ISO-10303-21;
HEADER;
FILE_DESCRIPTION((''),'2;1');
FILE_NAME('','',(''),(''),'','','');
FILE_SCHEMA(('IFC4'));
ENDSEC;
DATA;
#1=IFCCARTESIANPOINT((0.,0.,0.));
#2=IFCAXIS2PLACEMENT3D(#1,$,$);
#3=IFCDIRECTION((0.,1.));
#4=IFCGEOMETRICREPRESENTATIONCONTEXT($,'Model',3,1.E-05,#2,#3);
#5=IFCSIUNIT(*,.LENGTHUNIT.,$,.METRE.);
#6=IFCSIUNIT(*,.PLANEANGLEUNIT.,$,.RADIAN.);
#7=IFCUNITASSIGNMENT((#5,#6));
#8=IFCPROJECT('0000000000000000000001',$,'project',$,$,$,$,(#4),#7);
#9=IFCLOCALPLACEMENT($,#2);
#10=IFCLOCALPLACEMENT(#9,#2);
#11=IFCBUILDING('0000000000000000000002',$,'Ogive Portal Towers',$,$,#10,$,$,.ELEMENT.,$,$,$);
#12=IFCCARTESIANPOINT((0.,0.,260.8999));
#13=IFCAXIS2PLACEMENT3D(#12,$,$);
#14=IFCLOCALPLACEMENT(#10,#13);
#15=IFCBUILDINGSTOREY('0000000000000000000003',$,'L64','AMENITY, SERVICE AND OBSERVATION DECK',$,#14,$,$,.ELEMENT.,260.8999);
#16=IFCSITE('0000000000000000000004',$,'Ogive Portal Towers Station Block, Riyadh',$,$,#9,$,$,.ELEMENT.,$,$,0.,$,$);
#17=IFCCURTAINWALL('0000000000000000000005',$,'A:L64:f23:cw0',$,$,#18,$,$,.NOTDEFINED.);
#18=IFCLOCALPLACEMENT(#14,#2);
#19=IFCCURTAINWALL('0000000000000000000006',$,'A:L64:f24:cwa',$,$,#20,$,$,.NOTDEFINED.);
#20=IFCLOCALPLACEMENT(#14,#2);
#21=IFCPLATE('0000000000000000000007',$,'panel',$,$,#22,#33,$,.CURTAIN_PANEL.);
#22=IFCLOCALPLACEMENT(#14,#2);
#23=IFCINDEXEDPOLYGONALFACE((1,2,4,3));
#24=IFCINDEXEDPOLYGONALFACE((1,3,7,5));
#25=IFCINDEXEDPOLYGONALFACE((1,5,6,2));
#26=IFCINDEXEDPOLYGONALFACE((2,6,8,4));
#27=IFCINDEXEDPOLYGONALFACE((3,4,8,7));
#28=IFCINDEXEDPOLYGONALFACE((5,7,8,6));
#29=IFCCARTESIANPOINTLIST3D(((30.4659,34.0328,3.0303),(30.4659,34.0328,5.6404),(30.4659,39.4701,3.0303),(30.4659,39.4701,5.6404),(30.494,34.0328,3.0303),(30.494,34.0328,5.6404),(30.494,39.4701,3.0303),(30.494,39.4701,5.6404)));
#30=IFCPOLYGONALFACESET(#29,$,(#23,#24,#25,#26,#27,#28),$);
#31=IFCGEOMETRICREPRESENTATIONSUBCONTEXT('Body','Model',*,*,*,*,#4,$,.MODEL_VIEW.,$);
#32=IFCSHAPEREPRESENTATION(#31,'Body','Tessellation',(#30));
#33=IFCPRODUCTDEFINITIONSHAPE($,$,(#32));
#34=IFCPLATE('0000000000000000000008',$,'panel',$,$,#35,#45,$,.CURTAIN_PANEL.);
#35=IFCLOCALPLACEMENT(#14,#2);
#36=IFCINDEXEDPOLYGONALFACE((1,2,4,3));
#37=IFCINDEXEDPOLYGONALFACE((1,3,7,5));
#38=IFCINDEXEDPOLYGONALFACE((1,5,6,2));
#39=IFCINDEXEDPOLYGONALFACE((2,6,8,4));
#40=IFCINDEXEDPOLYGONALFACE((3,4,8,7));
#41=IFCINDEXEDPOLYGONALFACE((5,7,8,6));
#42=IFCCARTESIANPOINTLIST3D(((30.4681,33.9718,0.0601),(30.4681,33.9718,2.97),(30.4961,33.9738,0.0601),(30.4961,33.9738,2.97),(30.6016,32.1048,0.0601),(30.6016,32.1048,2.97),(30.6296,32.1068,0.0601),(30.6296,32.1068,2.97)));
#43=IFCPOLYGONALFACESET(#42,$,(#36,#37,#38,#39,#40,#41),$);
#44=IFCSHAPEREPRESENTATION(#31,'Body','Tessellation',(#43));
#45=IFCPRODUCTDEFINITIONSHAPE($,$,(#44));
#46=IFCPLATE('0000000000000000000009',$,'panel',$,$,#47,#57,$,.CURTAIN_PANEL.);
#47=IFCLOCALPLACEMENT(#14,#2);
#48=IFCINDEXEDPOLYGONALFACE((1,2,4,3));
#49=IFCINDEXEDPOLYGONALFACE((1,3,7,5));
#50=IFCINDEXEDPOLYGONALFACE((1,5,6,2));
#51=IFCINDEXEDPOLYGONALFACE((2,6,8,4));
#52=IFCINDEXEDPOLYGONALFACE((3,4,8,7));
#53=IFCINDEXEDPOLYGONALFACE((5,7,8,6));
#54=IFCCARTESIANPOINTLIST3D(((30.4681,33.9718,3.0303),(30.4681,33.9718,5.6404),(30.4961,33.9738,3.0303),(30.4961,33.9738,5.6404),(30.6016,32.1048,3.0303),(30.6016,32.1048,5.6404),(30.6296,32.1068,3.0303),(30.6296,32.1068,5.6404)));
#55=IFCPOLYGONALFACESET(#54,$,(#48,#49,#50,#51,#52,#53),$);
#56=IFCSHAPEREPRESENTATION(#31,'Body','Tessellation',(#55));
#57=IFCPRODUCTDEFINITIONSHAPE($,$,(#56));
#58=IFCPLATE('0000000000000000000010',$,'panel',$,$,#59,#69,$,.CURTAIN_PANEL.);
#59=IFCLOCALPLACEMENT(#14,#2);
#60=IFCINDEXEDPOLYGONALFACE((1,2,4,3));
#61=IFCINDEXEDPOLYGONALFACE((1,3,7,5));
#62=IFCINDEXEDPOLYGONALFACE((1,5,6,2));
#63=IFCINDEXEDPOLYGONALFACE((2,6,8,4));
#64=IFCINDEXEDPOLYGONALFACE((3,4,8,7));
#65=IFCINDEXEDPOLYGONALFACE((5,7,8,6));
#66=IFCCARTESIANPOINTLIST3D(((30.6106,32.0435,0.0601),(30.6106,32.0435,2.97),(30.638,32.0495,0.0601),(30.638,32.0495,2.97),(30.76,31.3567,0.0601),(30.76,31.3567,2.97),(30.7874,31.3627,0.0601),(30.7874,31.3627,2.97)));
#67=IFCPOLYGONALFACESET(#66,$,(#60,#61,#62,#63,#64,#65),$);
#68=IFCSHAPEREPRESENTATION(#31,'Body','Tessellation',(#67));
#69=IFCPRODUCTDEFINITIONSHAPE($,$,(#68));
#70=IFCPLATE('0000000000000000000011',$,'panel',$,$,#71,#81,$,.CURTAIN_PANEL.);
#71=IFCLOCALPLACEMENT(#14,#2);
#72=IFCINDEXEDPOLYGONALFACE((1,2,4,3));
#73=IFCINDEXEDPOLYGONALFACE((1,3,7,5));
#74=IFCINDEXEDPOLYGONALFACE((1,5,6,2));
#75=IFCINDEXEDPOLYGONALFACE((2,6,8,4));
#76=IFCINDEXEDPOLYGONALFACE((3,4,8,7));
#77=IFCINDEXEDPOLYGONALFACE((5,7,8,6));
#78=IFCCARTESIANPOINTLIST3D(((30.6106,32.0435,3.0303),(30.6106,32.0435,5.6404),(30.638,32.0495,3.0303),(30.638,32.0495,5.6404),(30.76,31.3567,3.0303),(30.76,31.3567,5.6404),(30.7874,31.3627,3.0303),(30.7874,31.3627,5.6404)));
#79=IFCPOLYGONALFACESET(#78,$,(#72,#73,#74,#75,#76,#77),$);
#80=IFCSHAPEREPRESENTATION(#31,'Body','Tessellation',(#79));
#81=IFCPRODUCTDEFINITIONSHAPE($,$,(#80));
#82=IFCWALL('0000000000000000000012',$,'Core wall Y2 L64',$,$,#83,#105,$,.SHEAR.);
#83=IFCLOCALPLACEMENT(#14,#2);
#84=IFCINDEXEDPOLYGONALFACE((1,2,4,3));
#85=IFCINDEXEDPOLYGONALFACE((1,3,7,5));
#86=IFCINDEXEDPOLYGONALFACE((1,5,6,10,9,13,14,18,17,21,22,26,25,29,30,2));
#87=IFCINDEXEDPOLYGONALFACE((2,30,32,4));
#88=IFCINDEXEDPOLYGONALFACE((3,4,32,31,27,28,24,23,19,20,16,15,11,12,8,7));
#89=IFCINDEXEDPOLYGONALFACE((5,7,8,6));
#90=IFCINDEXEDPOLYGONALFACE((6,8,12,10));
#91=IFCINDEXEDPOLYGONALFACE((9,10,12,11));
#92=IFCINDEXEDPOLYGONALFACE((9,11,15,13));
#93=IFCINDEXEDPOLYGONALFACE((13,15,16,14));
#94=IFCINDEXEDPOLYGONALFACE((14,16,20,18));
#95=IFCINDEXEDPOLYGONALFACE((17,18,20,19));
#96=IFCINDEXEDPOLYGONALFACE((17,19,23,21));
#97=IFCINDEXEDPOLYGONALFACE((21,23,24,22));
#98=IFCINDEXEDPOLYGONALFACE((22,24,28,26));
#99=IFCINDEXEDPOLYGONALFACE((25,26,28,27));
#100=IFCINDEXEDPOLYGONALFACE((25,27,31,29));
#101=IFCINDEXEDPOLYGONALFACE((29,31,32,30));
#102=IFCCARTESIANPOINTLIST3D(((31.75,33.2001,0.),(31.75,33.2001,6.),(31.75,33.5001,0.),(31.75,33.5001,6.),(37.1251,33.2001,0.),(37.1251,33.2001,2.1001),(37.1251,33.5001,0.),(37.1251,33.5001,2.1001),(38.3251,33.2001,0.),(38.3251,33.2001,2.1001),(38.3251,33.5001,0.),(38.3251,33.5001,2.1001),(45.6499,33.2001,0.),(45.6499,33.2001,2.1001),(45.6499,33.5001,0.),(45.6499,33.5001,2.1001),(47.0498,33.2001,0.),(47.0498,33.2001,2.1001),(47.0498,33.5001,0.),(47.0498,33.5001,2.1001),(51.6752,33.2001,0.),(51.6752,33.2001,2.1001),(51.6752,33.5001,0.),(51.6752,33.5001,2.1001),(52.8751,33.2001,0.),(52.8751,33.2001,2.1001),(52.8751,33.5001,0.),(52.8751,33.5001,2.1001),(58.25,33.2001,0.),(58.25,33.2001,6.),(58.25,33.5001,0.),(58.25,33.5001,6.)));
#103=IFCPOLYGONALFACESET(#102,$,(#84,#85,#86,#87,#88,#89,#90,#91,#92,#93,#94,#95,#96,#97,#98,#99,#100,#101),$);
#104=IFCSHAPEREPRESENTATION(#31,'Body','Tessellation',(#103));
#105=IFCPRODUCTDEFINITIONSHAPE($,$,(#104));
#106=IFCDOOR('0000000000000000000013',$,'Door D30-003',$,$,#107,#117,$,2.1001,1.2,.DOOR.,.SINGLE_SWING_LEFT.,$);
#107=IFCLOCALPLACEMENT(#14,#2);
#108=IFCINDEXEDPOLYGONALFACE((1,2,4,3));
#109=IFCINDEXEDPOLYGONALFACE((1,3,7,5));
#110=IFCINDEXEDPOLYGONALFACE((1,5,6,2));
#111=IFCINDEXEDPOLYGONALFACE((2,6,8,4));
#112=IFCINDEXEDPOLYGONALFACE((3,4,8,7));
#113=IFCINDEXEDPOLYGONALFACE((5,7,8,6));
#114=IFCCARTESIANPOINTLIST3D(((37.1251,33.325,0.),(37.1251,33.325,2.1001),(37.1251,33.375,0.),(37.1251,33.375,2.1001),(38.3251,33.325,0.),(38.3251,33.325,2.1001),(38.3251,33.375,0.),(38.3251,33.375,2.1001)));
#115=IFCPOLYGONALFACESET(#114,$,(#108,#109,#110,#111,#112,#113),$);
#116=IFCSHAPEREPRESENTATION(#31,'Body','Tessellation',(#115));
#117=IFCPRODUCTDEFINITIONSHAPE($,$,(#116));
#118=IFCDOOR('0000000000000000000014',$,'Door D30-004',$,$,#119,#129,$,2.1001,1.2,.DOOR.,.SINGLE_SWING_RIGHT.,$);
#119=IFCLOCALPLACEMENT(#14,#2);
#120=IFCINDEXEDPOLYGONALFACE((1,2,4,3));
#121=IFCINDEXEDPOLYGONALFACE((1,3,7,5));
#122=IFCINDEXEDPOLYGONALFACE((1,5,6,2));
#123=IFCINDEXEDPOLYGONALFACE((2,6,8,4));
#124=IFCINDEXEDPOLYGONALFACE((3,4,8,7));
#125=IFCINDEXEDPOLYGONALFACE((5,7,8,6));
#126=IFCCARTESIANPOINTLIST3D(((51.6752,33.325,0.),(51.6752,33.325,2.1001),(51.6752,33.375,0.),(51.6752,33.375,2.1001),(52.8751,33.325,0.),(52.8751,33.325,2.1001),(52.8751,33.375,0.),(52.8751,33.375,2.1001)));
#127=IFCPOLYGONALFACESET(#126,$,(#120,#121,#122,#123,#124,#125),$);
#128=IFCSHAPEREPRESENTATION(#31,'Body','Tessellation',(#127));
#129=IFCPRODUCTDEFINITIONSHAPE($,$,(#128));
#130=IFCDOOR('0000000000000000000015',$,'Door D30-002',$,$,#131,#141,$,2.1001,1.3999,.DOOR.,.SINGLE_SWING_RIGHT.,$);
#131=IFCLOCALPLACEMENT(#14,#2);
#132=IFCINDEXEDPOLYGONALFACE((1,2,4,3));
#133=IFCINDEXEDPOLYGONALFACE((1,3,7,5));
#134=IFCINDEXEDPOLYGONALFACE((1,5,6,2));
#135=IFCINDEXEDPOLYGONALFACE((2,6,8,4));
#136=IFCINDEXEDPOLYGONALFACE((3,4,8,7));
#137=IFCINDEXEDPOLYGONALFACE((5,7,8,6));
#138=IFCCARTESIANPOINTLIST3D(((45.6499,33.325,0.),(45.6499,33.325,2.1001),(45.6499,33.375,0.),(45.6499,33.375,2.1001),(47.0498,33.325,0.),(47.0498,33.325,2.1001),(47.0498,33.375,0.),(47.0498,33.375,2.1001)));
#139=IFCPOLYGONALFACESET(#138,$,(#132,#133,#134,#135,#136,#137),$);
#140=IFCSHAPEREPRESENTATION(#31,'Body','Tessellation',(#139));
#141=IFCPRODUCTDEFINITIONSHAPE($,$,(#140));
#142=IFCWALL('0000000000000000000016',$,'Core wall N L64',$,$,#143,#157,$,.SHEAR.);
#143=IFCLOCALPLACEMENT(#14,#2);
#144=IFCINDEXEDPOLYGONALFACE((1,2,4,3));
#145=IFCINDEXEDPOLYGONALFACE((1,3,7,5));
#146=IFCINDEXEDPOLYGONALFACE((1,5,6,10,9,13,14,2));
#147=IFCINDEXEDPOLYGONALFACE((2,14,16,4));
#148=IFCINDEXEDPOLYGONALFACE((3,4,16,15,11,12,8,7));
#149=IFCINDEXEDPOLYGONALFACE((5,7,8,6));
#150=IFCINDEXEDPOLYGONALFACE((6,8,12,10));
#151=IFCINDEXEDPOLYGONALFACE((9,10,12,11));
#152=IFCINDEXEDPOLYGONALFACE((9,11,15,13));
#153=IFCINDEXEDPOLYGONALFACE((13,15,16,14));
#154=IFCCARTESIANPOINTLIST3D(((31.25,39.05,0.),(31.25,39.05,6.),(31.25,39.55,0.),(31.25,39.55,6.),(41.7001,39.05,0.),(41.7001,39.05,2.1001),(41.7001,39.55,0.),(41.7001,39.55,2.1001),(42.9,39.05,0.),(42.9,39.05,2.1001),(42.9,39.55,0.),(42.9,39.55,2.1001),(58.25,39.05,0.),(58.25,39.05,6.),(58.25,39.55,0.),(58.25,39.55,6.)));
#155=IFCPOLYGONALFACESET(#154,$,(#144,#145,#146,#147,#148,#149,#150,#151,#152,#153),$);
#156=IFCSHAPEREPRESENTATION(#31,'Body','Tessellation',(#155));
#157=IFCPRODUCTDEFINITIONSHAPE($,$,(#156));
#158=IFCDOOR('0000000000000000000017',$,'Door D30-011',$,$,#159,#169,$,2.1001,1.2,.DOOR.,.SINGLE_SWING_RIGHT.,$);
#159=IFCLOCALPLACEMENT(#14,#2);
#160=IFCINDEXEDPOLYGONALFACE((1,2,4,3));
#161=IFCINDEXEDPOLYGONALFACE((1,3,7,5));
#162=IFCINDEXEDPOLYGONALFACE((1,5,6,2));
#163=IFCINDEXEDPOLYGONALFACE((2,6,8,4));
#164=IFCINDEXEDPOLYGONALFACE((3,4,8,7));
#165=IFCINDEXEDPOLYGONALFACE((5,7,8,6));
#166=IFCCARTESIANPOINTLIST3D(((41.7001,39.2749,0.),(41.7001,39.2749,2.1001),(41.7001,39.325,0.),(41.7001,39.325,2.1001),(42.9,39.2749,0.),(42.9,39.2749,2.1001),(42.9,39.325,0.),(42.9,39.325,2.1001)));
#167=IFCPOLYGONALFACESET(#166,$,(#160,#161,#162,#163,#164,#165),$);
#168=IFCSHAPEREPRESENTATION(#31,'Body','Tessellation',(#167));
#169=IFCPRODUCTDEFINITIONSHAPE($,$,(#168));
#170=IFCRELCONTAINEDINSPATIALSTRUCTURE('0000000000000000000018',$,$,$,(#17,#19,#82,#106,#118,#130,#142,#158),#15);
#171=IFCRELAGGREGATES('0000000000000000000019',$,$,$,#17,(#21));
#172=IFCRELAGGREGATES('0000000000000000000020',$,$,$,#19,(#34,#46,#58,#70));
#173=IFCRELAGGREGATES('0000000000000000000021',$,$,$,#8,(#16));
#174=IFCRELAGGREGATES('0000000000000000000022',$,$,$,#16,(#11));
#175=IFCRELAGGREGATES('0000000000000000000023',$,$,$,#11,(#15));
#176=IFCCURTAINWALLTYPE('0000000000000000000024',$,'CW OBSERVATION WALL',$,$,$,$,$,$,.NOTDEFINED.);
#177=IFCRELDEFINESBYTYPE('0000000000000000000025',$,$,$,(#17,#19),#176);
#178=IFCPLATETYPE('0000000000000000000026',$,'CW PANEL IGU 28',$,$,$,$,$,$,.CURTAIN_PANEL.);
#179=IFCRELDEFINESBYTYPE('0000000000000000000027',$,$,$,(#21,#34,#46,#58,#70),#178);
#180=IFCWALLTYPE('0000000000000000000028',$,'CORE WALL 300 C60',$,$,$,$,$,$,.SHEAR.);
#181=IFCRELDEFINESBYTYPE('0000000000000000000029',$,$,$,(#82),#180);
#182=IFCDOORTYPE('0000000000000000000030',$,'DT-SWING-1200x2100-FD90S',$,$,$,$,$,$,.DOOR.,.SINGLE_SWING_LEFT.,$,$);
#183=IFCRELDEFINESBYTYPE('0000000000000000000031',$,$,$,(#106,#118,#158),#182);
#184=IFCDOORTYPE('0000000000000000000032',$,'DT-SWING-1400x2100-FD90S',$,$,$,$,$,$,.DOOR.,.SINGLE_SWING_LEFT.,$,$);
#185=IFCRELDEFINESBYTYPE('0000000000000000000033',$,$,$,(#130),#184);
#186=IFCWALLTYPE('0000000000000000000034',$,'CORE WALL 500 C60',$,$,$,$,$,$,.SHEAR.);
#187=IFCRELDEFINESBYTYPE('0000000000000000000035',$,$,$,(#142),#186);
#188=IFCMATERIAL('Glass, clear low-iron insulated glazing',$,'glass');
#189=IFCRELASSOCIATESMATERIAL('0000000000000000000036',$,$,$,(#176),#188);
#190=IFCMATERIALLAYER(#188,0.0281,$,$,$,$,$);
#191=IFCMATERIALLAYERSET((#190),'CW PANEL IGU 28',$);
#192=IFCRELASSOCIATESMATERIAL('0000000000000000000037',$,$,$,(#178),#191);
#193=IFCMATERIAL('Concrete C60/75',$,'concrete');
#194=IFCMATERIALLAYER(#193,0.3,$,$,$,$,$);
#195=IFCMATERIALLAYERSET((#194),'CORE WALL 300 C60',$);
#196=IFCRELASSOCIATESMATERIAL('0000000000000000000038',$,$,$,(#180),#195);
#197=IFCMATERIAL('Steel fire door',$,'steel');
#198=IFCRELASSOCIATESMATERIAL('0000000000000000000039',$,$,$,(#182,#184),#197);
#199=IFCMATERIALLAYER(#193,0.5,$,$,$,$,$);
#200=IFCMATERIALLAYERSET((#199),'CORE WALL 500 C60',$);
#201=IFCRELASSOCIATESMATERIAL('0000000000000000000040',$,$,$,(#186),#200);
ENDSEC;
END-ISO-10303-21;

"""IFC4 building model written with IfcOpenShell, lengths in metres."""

from ifc_helpers import new_model, si_unit, direction, frame, frame_2d, origin, origin_2d, place, context, subcontext, project, spatial, rectangle, extrude, material, layer, layer_set, type_object, element, fill, aggregate, save


model = new_model("IFC4")

# Units and contexts
model_context = context("Model", 3, precision=1e-05, world=origin(), true_north=direction((0.0, 1.0)))
body_context = subcontext(model_context, "Body", "Model", "MODEL_VIEW")
ifc_project = project(units=[si_unit("LENGTHUNIT", "METRE"), si_unit("PLANEANGLEUNIT", "RADIAN")], contexts=[model_context])

# Site, building, storey
site_placement = place(None, origin())
site = spatial("IfcSite", under=ifc_project, at=site_placement, Name="Ogive Portal Towers Station Block, Riyadh", CompositionType="ELEMENT", RefElevation=0.0)
building_placement = place(site_placement, origin())
building = spatial("IfcBuilding", under=site, at=building_placement, Name="Ogive Portal Towers", CompositionType="ELEMENT")
storey_placement = place(building_placement, frame((0.0, 0.0, 260.8999)))
storey = spatial("IfcBuildingStorey", under=building, at=storey_placement, Name="L64", Description="AMENITY, SERVICE AND OBSERVATION DECK", CompositionType="ELEMENT", Elevation=260.8999)

# Curtain walls
ifc_material_1 = material(Name="Glass, clear low-iron insulated glazing", Category="glass")
curtain_wall_type = type_object("IfcCurtainWallType", Name="CW OBSERVATION WALL", PredefinedType="NOTDEFINED", material=ifc_material_1)
curtain_wall_1_placement = place(storey_placement, origin())
curtain_wall_1 = element("IfcCurtainWall", 1, at=curtain_wall_1_placement, inside=storey, type_object=curtain_wall_type, Name="A:L64:f23:cw0", PredefinedType="NOTDEFINED")
curtain_wall_2_placement = place(storey_placement, origin())
curtain_wall_2 = element("IfcCurtainWall", 2, at=curtain_wall_2_placement, inside=storey, type_object=curtain_wall_type, Name="A:L64:f24:cwa", PredefinedType="NOTDEFINED")

# Plates
ifc_layer_1 = layer(ifc_material_1, 0.0281)
ifc_layer_set_1 = layer_set([ifc_layer_1], Name="CW PANEL IGU 28")
plate_type = type_object("IfcPlateType", Name="CW PANEL IGU 28", PredefinedType="CURTAIN_PANEL", material=ifc_layer_set_1)
plate_1_placement = place(storey_placement, frame((30.48, 36.7515, 3.0303), z_axis=(0.0, 0.0, 1.0), x_axis=(0.0, -1.0, 0.0)))
plate_1 = element("IfcPlate", 3, at=plate_1_placement, type_object=plate_type, Name="panel", PredefinedType="CURTAIN_PANEL", context=body_context, shape_type="SweptSolid", body=[
    extrude(rectangle(XDim=5.4373, YDim=0.0281, at=origin_2d()), origin(), (0.0, 0.0, 1.0), 2.6101),
])
aggregate(curtain_wall_1, [plate_1])
plate_2_placement = place(storey_placement, frame((30.5488, 33.0393, 0.0601), z_axis=(0.0, 0.0, 1.0), x_axis=(0.071339, -0.997452, 0.0)))
plate_2 = element("IfcPlate", 4, at=plate_2_placement, type_object=plate_type, Name="panel", PredefinedType="CURTAIN_PANEL", context=body_context, shape_type="SweptSolid", body=[
    extrude(rectangle(XDim=1.8718, YDim=0.0281, at=origin_2d()), origin(), (0.0, 0.0, 1.0), 2.9099),
])
plate_3_placement = place(storey_placement, frame((30.5488, 33.0393, 3.0303), z_axis=(0.0, 0.0, 1.0), x_axis=(0.071339, -0.997452, 0.0)))
plate_3 = element("IfcPlate", 5, at=plate_3_placement, type_object=plate_type, Name="panel", PredefinedType="CURTAIN_PANEL", context=body_context, shape_type="SweptSolid", body=[
    extrude(rectangle(XDim=1.8718, YDim=0.0281, at=origin_2d()), origin(), (0.0, 0.0, 1.0), 2.6101),
])
plate_4_placement = place(storey_placement, frame((30.699, 31.7031, 0.0601), z_axis=(0.0, 0.0, 1.0), x_axis=(0.212565, -0.977147, 0.0)))
plate_4 = element("IfcPlate", 6, at=plate_4_placement, type_object=plate_type, Name="panel", PredefinedType="CURTAIN_PANEL", context=body_context, shape_type="SweptSolid", body=[
    extrude(rectangle(XDim=0.7029, YDim=0.0281, at=origin_2d()), origin(), (0.0, 0.0, 1.0), 2.9099),
])
plate_5_placement = place(storey_placement, frame((30.699, 31.7031, 3.0303), z_axis=(0.0, 0.0, 1.0), x_axis=(0.212565, -0.977147, 0.0)))
plate_5 = element("IfcPlate", 7, at=plate_5_placement, type_object=plate_type, Name="panel", PredefinedType="CURTAIN_PANEL", context=body_context, shape_type="SweptSolid", body=[
    extrude(rectangle(XDim=0.7029, YDim=0.0281, at=origin_2d()), origin(), (0.0, 0.0, 1.0), 2.6101),
])
aggregate(curtain_wall_2, [plate_2, plate_3, plate_4, plate_5])

# Wall, openings, doors
ifc_material_2 = material(Name="Concrete C60/75", Category="concrete")
ifc_layer_2 = layer(ifc_material_2, 0.3)
ifc_layer_set_2 = layer_set([ifc_layer_2], Name="CORE WALL 300 C60")
wall_type_1 = type_object("IfcWallType", Name="CORE WALL 300 C60", PredefinedType="SHEAR", material=ifc_layer_set_2)
wall_1_placement = place(storey_placement, frame((31.75, 33.3501, 0.0), z_axis=(0.0, 0.0, 1.0), x_axis=(1.0, 0.0, 0.0)))
wall_1 = element("IfcWall", 8, at=wall_1_placement, inside=storey, type_object=wall_type_1, Name="Core wall Y2 L64", PredefinedType="SHEAR", context=body_context, shape_type="SweptSolid", body=[
    extrude(rectangle(XDim=26.5, YDim=0.3, at=frame_2d((13.25, 0.0))), origin(), (0.0, 0.0, 1.0), 6.0),
])
opening_1_placement = place(wall_1_placement, frame((13.8999, 0.0, 0.0)))
opening_1 = element("IfcOpeningElement", 9, at=opening_1_placement, cuts=wall_1, PredefinedType="OPENING", context=body_context, shape_type="SweptSolid", body=[
    extrude(rectangle(XDim=1.3999, YDim=2.1001, at=frame_2d((0.7, 1.05))), frame((0.0, 0.1602, 0.0), z_axis=(0.0, -1.0, 0.0), x_axis=(1.0, 0.0, 0.0)), (0.0, 0.0, 1.0), 0.3201),
])
opening_2_placement = place(wall_1_placement, frame((5.375, 0.0, 0.0)))
opening_2 = element("IfcOpeningElement", 10, at=opening_2_placement, cuts=wall_1, PredefinedType="OPENING", context=body_context, shape_type="SweptSolid", body=[
    extrude(rectangle(XDim=1.2, YDim=2.1001, at=frame_2d((0.6001, 1.05))), frame((0.0, 0.1602, 0.0), z_axis=(0.0, -1.0, 0.0), x_axis=(1.0, 0.0, 0.0)), (0.0, 0.0, 1.0), 0.3201),
])
opening_3_placement = place(wall_1_placement, frame((19.925, 0.0, 0.0)))
opening_3 = element("IfcOpeningElement", 11, at=opening_3_placement, cuts=wall_1, PredefinedType="OPENING", context=body_context, shape_type="SweptSolid", body=[
    extrude(rectangle(XDim=1.2, YDim=2.1001, at=frame_2d((0.6001, 1.05))), frame((0.0, 0.1602, 0.0), z_axis=(0.0, -1.0, 0.0), x_axis=(1.0, 0.0, 0.0)), (0.0, 0.0, 1.0), 0.3201),
])
ifc_material_3 = material(Name="Steel fire door", Category="steel")
door_type_1 = type_object("IfcDoorType", Name="DT-SWING-1200x2100-FD90S", OperationType="SINGLE_SWING_LEFT", PredefinedType="DOOR", material=ifc_material_3)
door_1_placement = place(opening_2_placement, origin())
door_1 = element("IfcDoor", 12, at=door_1_placement, inside=storey, type_object=door_type_1, Name="Door D30-003", OperationType="SINGLE_SWING_LEFT", OverallHeight=2.1001, OverallWidth=1.2, PredefinedType="DOOR", context=body_context, shape_type="SweptSolid", body=[
    extrude(rectangle(XDim=1.2, YDim=2.1001, at=frame_2d((0.6001, 1.05))), frame((0.0, 0.0249, 0.0), z_axis=(0.0, -1.0, 0.0), x_axis=(1.0, 0.0, 0.0)), (0.0, 0.0, 1.0), 0.05),
])
fill(opening_2, door_1)
door_2_placement = place(opening_3_placement, origin())
door_2 = element("IfcDoor", 13, at=door_2_placement, inside=storey, type_object=door_type_1, Name="Door D30-004", OperationType="SINGLE_SWING_RIGHT", OverallHeight=2.1001, OverallWidth=1.2, PredefinedType="DOOR", context=body_context, shape_type="SweptSolid", body=[
    extrude(rectangle(XDim=1.2, YDim=2.1001, at=frame_2d((0.6001, 1.05))), frame((0.0, 0.0249, 0.0), z_axis=(0.0, -1.0, 0.0), x_axis=(1.0, 0.0, 0.0)), (0.0, 0.0, 1.0), 0.05),
])
fill(opening_3, door_2)
door_type_2 = type_object("IfcDoorType", Name="DT-SWING-1400x2100-FD90S", OperationType="SINGLE_SWING_LEFT", PredefinedType="DOOR", material=ifc_material_3)
door_3_placement = place(opening_1_placement, origin())
door_3 = element("IfcDoor", 14, at=door_3_placement, inside=storey, type_object=door_type_2, Name="Door D30-002", OperationType="SINGLE_SWING_RIGHT", OverallHeight=2.1001, OverallWidth=1.3999, PredefinedType="DOOR", context=body_context, shape_type="SweptSolid", body=[
    extrude(rectangle(XDim=1.3999, YDim=2.1001, at=frame_2d((0.7, 1.05))), frame((0.0, 0.0249, 0.0), z_axis=(0.0, -1.0, 0.0), x_axis=(1.0, 0.0, 0.0)), (0.0, 0.0, 1.0), 0.05),
])
fill(opening_1, door_3)

# Wall, opening, door
ifc_layer_3 = layer(ifc_material_2, 0.5)
ifc_layer_set_3 = layer_set([ifc_layer_3], Name="CORE WALL 500 C60")
wall_type_2 = type_object("IfcWallType", Name="CORE WALL 500 C60", PredefinedType="SHEAR", material=ifc_layer_set_3)
wall_2_placement = place(storey_placement, frame((31.25, 39.3, 0.0), z_axis=(0.0, 0.0, 1.0), x_axis=(1.0, 0.0, 0.0)))
wall_2 = element("IfcWall", 15, at=wall_2_placement, inside=storey, type_object=wall_type_2, Name="Core wall N L64", PredefinedType="SHEAR", context=body_context, shape_type="SweptSolid", body=[
    extrude(rectangle(XDim=27.0, YDim=0.5, at=frame_2d((13.5, 0.0))), origin(), (0.0, 0.0, 1.0), 6.0),
])
opening_4_placement = place(wall_2_placement, frame((10.45, 0.0, 0.0)))
opening_4 = element("IfcOpeningElement", 16, at=opening_4_placement, cuts=wall_2, PredefinedType="OPENING", context=body_context, shape_type="SweptSolid", body=[
    extrude(rectangle(XDim=1.2, YDim=2.1001, at=frame_2d((0.6001, 1.05))), frame((0.0, 0.26, 0.0), z_axis=(0.0, -1.0, 0.0), x_axis=(1.0, 0.0, 0.0)), (0.0, 0.0, 1.0), 0.52),
])
door_4_placement = place(opening_4_placement, origin())
door_4 = element("IfcDoor", 17, at=door_4_placement, inside=storey, type_object=door_type_1, Name="Door D30-011", OperationType="SINGLE_SWING_RIGHT", OverallHeight=2.1001, OverallWidth=1.2, PredefinedType="DOOR", context=body_context, shape_type="SweptSolid", body=[
    extrude(rectangle(XDim=1.2, YDim=2.1001, at=frame_2d((0.6001, 1.05))), frame((0.0, 0.0249, 0.0), z_axis=(0.0, -1.0, 0.0), x_axis=(1.0, 0.0, 0.0)), (0.0, 0.0, 1.0), 0.05),
])
fill(opening_4, door_4)

save(model, "model.ifc")
